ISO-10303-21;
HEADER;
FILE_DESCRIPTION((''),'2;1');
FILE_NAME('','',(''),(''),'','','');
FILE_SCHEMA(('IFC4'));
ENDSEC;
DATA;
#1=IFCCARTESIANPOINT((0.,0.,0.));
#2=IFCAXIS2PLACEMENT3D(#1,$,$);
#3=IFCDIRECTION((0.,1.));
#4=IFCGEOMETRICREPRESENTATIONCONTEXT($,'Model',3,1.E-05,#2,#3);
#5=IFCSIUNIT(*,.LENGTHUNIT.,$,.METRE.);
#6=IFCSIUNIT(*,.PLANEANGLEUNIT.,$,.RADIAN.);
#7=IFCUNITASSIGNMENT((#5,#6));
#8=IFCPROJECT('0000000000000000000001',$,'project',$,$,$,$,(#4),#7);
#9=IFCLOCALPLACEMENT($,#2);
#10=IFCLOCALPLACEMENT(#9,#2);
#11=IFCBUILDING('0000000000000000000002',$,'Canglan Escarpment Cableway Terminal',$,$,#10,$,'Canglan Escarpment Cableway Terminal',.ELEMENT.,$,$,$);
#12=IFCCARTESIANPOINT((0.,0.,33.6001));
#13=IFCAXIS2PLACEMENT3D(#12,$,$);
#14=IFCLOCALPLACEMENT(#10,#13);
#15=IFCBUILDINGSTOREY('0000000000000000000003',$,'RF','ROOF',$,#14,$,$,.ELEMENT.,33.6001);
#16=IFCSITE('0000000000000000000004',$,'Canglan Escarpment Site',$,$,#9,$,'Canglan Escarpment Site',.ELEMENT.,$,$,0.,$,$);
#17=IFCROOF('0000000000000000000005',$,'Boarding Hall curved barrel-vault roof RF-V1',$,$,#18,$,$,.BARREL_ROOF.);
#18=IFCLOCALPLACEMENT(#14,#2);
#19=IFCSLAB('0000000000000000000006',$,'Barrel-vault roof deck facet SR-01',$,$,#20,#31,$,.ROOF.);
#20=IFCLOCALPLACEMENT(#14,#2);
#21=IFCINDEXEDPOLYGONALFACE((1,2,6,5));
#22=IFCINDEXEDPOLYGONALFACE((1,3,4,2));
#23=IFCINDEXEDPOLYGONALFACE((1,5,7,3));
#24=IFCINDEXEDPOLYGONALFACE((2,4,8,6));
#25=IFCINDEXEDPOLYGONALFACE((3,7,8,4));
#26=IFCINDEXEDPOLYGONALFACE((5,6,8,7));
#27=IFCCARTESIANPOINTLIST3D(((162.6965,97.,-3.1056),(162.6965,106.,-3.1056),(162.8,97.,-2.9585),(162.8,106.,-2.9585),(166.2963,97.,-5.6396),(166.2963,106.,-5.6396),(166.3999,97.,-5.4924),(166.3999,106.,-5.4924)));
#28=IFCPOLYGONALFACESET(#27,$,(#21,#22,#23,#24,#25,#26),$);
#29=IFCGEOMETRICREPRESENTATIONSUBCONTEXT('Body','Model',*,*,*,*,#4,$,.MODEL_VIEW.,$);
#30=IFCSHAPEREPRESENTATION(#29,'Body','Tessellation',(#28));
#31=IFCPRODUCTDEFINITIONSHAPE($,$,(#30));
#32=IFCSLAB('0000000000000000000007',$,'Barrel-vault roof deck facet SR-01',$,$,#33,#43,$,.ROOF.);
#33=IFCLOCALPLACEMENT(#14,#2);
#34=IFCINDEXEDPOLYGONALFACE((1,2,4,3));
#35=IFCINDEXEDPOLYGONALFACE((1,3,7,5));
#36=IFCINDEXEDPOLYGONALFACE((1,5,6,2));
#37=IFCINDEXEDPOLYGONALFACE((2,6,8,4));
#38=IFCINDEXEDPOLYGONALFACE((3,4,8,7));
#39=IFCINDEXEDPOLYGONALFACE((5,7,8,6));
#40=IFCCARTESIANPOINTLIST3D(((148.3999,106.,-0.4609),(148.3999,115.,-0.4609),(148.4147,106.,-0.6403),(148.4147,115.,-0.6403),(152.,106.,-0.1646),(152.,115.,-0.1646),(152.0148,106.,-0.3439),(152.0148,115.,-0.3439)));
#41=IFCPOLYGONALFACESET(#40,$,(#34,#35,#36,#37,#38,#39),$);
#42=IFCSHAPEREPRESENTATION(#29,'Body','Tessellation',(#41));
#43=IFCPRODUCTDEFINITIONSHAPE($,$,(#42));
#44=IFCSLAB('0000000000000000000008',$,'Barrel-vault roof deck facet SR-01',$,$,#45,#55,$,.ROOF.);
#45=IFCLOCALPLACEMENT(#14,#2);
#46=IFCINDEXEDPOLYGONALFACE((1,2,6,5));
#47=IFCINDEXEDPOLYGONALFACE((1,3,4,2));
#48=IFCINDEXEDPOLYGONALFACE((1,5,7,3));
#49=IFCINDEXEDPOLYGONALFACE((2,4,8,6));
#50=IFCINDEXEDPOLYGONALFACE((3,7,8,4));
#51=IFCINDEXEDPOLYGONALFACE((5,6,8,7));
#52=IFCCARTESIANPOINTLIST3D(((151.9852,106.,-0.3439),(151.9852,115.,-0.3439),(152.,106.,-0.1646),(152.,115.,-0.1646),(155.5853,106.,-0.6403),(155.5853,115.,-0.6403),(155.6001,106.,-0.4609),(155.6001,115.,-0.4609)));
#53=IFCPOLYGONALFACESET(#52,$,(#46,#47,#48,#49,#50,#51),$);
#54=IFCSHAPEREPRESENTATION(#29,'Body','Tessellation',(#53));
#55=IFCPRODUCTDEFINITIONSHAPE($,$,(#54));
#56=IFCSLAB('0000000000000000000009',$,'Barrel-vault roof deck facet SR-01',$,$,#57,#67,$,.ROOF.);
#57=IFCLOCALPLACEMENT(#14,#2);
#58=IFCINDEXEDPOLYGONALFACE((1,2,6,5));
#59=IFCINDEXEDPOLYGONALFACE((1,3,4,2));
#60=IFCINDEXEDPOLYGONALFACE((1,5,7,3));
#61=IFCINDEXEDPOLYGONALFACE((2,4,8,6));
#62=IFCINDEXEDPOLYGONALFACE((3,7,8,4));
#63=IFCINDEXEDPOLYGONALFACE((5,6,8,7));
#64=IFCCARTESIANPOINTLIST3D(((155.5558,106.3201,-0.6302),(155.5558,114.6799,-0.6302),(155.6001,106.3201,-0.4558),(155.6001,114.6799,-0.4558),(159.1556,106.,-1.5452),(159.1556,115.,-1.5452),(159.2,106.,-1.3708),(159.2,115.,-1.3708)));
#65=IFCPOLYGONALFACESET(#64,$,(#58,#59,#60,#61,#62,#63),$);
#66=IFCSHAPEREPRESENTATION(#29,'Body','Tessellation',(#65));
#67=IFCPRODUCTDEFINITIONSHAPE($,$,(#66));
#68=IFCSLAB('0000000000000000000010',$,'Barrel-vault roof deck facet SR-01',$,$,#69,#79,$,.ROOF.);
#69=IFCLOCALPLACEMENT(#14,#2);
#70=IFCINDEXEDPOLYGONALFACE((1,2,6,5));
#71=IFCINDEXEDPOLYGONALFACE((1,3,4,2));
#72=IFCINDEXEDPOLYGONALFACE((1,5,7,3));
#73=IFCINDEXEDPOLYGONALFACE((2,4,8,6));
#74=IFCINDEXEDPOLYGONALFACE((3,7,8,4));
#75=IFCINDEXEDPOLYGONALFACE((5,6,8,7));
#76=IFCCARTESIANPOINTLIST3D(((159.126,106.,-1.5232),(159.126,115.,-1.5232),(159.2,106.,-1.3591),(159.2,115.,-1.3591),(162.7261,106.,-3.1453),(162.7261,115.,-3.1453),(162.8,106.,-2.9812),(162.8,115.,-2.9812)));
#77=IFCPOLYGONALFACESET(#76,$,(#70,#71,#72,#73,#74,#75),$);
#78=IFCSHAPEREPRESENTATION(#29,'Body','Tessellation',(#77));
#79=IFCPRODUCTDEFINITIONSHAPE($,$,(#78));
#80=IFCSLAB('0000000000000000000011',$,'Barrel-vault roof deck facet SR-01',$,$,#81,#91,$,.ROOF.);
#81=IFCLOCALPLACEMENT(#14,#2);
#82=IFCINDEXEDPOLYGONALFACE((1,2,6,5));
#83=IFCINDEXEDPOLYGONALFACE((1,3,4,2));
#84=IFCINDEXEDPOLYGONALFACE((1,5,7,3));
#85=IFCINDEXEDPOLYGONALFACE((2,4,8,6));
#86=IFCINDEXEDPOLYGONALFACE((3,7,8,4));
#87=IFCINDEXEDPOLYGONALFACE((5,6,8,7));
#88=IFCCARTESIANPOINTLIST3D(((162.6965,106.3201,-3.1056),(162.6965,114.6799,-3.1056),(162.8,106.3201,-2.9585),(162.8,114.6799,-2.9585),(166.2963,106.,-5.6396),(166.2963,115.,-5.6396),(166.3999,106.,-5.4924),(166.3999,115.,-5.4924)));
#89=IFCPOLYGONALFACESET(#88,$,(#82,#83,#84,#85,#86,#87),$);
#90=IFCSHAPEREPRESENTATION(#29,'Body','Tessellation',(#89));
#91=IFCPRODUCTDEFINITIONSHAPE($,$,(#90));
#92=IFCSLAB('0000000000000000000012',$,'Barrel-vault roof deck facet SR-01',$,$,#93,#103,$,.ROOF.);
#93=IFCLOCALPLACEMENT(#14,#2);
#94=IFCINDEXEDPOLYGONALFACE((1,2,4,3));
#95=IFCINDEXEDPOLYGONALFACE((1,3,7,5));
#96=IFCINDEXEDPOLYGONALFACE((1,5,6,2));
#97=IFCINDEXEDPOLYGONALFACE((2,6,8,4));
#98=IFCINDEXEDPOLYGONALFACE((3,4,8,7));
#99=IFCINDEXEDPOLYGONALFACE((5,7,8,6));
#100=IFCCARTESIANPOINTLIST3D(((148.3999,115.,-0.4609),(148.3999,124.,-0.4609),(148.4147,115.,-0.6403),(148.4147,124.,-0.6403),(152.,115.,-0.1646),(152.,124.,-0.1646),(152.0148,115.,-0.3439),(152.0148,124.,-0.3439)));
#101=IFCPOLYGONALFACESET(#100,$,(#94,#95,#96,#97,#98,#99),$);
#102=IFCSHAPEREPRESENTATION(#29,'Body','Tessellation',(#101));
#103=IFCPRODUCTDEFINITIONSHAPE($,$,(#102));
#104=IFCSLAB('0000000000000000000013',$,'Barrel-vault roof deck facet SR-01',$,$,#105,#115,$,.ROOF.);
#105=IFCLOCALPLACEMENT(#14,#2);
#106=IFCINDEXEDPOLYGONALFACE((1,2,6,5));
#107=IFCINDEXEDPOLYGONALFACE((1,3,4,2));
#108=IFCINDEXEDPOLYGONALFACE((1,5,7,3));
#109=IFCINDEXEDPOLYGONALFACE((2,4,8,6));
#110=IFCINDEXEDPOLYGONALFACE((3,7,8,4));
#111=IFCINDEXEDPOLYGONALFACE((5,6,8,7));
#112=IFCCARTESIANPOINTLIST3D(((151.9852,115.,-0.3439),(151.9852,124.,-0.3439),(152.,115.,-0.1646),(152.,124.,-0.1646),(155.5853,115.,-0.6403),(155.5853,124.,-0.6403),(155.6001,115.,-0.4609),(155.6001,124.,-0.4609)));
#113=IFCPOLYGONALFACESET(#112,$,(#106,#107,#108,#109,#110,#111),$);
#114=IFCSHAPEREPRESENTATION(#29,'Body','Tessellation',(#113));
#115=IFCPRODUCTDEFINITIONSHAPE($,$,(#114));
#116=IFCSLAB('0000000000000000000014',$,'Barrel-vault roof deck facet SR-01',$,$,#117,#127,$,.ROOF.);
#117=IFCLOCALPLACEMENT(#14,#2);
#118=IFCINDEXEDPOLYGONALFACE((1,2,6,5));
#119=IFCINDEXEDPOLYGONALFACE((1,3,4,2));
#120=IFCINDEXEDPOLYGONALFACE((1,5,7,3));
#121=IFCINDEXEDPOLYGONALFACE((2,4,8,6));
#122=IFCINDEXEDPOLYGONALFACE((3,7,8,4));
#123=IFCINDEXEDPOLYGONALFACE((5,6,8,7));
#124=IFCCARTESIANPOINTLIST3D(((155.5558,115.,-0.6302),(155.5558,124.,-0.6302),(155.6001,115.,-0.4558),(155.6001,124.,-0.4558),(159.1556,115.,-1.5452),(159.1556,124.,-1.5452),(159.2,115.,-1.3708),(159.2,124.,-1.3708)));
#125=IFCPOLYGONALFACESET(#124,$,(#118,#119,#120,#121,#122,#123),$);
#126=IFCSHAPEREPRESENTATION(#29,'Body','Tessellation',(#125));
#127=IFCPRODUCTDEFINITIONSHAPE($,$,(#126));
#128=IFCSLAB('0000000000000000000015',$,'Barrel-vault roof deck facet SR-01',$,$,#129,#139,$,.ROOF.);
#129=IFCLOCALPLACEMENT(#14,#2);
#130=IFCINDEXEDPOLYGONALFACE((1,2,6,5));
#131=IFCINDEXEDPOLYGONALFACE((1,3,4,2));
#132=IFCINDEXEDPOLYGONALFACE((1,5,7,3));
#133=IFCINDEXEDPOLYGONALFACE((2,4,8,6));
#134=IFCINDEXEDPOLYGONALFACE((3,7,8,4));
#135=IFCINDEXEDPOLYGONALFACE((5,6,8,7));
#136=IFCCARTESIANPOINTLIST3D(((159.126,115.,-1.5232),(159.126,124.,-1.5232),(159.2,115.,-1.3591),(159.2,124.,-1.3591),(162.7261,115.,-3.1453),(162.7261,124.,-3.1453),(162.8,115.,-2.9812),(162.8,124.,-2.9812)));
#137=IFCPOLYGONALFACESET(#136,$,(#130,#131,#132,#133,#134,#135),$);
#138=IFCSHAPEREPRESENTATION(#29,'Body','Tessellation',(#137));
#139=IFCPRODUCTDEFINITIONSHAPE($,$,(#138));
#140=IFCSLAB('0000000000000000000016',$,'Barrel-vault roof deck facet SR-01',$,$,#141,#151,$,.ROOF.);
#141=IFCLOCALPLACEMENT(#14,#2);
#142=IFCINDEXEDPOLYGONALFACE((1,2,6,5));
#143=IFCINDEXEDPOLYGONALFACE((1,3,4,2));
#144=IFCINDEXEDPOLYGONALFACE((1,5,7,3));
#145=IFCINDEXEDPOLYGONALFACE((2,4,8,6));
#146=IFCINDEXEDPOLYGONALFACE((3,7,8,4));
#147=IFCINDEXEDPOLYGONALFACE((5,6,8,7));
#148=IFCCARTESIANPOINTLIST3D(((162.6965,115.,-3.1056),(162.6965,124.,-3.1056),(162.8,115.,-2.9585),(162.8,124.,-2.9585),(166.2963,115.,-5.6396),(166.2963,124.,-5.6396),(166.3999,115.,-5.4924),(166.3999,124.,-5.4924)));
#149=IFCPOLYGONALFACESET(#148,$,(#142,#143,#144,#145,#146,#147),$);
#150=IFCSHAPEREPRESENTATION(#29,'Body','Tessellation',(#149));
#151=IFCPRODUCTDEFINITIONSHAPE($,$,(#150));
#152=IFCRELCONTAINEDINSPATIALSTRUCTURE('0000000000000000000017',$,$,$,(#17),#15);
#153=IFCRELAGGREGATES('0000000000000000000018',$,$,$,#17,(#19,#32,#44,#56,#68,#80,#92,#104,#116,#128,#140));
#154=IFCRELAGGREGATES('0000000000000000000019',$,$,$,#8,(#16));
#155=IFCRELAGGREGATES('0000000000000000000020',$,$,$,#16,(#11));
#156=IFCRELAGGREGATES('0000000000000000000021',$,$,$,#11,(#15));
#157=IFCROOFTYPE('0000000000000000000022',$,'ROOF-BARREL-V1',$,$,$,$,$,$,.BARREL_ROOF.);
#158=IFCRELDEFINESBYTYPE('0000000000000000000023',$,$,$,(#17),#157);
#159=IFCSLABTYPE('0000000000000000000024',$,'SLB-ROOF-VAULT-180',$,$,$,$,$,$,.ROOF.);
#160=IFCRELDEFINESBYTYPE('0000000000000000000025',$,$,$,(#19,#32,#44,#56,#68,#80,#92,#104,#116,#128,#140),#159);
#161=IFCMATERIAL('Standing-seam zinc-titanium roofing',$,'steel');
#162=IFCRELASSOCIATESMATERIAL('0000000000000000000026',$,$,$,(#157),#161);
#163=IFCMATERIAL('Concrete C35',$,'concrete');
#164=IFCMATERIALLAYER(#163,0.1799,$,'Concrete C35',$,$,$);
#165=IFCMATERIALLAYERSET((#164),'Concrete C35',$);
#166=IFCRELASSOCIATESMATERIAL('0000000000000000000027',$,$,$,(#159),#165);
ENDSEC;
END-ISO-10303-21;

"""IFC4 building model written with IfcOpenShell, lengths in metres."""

from ifc_helpers import new_model, si_unit, direction, frame, origin, place, context, subcontext, project, spatial, polyline, outline, extrude, material, layer, layer_set, type_object, element, aggregate, save


model = new_model("IFC4")

# Units and contexts
model_context = context("Model", 3, precision=1e-05, world=origin(), true_north=direction((0.0, 1.0)))
body_context = subcontext(model_context, "Body", "Model", "MODEL_VIEW")
ifc_project = project(units=[si_unit("LENGTHUNIT", "METRE"), si_unit("PLANEANGLEUNIT", "RADIAN")], contexts=[model_context])

# Site, building, storey
site_placement = place(None, origin())
site = spatial("IfcSite", under=ifc_project, at=site_placement, Name="Canglan Escarpment Site", LongName="Canglan Escarpment Site", CompositionType="ELEMENT", RefElevation=0.0)
building_placement = place(site_placement, origin())
building = spatial("IfcBuilding", under=site, at=building_placement, Name="Canglan Escarpment Cableway Terminal", LongName="Canglan Escarpment Cableway Terminal", CompositionType="ELEMENT")
storey_placement = place(building_placement, frame((0.0, 0.0, 33.6001)))
storey = spatial("IfcBuildingStorey", under=building, at=storey_placement, Name="RF", Description="ROOF", CompositionType="ELEMENT", Elevation=33.6001)

# Roof, slabs
ifc_material_1 = material(Name="Standing-seam zinc-titanium roofing", Category="steel")
roof_type = type_object("IfcRoofType", Name="ROOF-BARREL-V1", PredefinedType="BARREL_ROOF", material=ifc_material_1)
roof_placement = place(storey_placement, origin())
roof = element("IfcRoof", 1, at=roof_placement, inside=storey, type_object=roof_type, Name="Boarding Hall curved barrel-vault roof RF-V1", PredefinedType="BARREL_ROOF")
ifc_material_2 = material(Name="Concrete C35", Category="concrete")
ifc_layer = layer(ifc_material_2, 0.1799, Name="Concrete C35")
ifc_layer_set = layer_set([ifc_layer], Name="Concrete C35")
slab_type = type_object("IfcSlabType", Name="SLB-ROOF-VAULT-180", PredefinedType="ROOF", material=ifc_layer_set)
slab_1_placement = place(storey_placement, frame((162.8, 97.0, -2.9585), z_axis=(0.575601, 0.0, 0.817731), x_axis=(0.817731, 0.0, -0.575601)))
slab_1 = element("IfcSlab", 2, at=slab_1_placement, type_object=slab_type, Name="Barrel-vault roof deck facet SR-01", PredefinedType="ROOF", context=body_context, shape_type="SweptSolid", body=[
    extrude(outline(polyline([(0.0, 0.0), (4.4022, 0.0), (4.4022, 9.0), (0.0, 9.0), (0.0, 0.0)])), origin(), (0.0, 0.0, -1.0), 0.1799),
])
slab_2_placement = place(storey_placement, frame((148.3999, 106.0, -0.4609), z_axis=(-0.08205, 0.0, 0.996628), x_axis=(0.996628, 0.0, 0.08205)))
slab_2 = element("IfcSlab", 3, at=slab_2_placement, type_object=slab_type, Name="Barrel-vault roof deck facet SR-01", PredefinedType="ROOF", context=body_context, shape_type="SweptSolid", body=[
    extrude(outline(polyline([(0.0, 0.0), (3.6123, 0.0), (3.6123, 9.0), (0.0, 9.0), (0.0, 0.0)])), origin(), (0.0, 0.0, -1.0), 0.1799),
])
slab_3_placement = place(storey_placement, frame((152.0, 106.0, -0.1646), z_axis=(0.08205, 0.0, 0.996628), x_axis=(0.996628, 0.0, -0.08205)))
slab_3 = element("IfcSlab", 4, at=slab_3_placement, type_object=slab_type, Name="Barrel-vault roof deck facet SR-01", PredefinedType="ROOF", context=body_context, shape_type="SweptSolid", body=[
    extrude(outline(polyline([(0.0, 0.0), (3.6123, 0.0), (3.6123, 9.0), (0.0, 9.0), (0.0, 0.0)])), origin(), (0.0, 0.0, -1.0), 0.1799),
])
slab_4_placement = place(storey_placement, frame((155.6001, 106.3201, -0.4558), z_axis=(0.246354, 0.0, 0.96918), x_axis=(0.965602, -0.085853, -0.245444)))
slab_4 = element("IfcSlab", 5, at=slab_4_placement, type_object=slab_type, Name="Barrel-vault roof deck facet SR-01", PredefinedType="ROOF", context=body_context, shape_type="SweptSolid", body=[
    extrude(outline(polyline([(0.0, 0.0), (3.7281, 0.0), (2.9554, 8.9668), (-0.7177, 8.329), (0.0, 0.0)])), origin(), (0.0, 0.0, -1.0), 0.1799),
])
slab_5_placement = place(storey_placement, frame((159.2, 106.0, -1.3591), z_axis=(0.410791, 0.0, 0.911729), x_axis=(0.911729, 0.0, -0.410791)))
slab_5 = element("IfcSlab", 6, at=slab_5_placement, type_object=slab_type, Name="Barrel-vault roof deck facet SR-01", PredefinedType="ROOF", context=body_context, shape_type="SweptSolid", body=[
    extrude(outline(polyline([(0.0, 0.0), (3.9486, 0.0), (3.9486, 9.0), (0.0, 9.0), (0.0, 0.0)])), origin(), (0.0, 0.0, -1.0), 0.1799),
])
slab_6_placement = place(storey_placement, frame((162.8, 106.3201, -2.9585), z_axis=(0.575601, 0.0, 0.817731), x_axis=(0.815578, -0.072514, -0.574085)))
slab_6 = element("IfcSlab", 7, at=slab_6_placement, type_object=slab_type, Name="Barrel-vault roof deck facet SR-01", PredefinedType="ROOF", context=body_context, shape_type="SweptSolid", body=[
    extrude(outline(polyline([(0.0, 0.0), (4.4139, 0.0), (3.7612, 8.9763), (-0.6062, 8.3379), (0.0, 0.0)])), origin(), (0.0, 0.0, -1.0), 0.1799),
])
slab_7_placement = place(storey_placement, frame((148.3999, 115.0, -0.4609), z_axis=(-0.08205, 0.0, 0.996628), x_axis=(0.996628, 0.0, 0.08205)))
slab_7 = element("IfcSlab", 8, at=slab_7_placement, type_object=slab_type, Name="Barrel-vault roof deck facet SR-01", PredefinedType="ROOF", context=body_context, shape_type="SweptSolid", body=[
    extrude(outline(polyline([(0.0, 0.0), (3.6123, 0.0), (3.6123, 9.0), (0.0, 9.0), (0.0, 0.0)])), origin(), (0.0, 0.0, -1.0), 0.1799),
])
slab_8_placement = place(storey_placement, frame((152.0, 115.0, -0.1646), z_axis=(0.08205, 0.0, 0.996628), x_axis=(0.996628, 0.0, -0.08205)))
slab_8 = element("IfcSlab", 9, at=slab_8_placement, type_object=slab_type, Name="Barrel-vault roof deck facet SR-01", PredefinedType="ROOF", context=body_context, shape_type="SweptSolid", body=[
    extrude(outline(polyline([(0.0, 0.0), (3.6123, 0.0), (3.6123, 9.0), (0.0, 9.0), (0.0, 0.0)])), origin(), (0.0, 0.0, -1.0), 0.1799),
])
slab_9_placement = place(storey_placement, frame((155.6001, 115.0, -0.4558), z_axis=(0.246354, 0.0, 0.96918), x_axis=(0.96918, 0.0, -0.246354)))
slab_9 = element("IfcSlab", 10, at=slab_9_placement, type_object=slab_type, Name="Barrel-vault roof deck facet SR-01", PredefinedType="ROOF", context=body_context, shape_type="SweptSolid", body=[
    extrude(outline(polyline([(0.0, 0.0), (3.7143, 0.0), (3.7143, 9.0), (0.0, 9.0), (0.0, 0.0)])), origin(), (0.0, 0.0, -1.0), 0.1799),
])
slab_10_placement = place(storey_placement, frame((159.2, 115.0, -1.3591), z_axis=(0.410791, 0.0, 0.911729), x_axis=(0.911729, 0.0, -0.410791)))
slab_10 = element("IfcSlab", 11, at=slab_10_placement, type_object=slab_type, Name="Barrel-vault roof deck facet SR-01", PredefinedType="ROOF", context=body_context, shape_type="SweptSolid", body=[
    extrude(outline(polyline([(0.0, 0.0), (3.9486, 0.0), (3.9486, 9.0), (0.0, 9.0), (0.0, 0.0)])), origin(), (0.0, 0.0, -1.0), 0.1799),
])
slab_11_placement = place(storey_placement, frame((162.8, 115.0, -2.9585), z_axis=(0.575601, 0.0, 0.817731), x_axis=(0.817731, 0.0, -0.575601)))
slab_11 = element("IfcSlab", 12, at=slab_11_placement, type_object=slab_type, Name="Barrel-vault roof deck facet SR-01", PredefinedType="ROOF", context=body_context, shape_type="SweptSolid", body=[
    extrude(outline(polyline([(0.0, 0.0), (4.4022, 0.0), (4.4022, 9.0), (0.0, 9.0), (0.0, 0.0)])), origin(), (0.0, 0.0, -1.0), 0.1799),
])
aggregate(roof, [slab_1, slab_2, slab_3, slab_4, slab_5, slab_6, slab_7, slab_8, slab_9, slab_10, slab_11])

save(model, "model.ifc")
